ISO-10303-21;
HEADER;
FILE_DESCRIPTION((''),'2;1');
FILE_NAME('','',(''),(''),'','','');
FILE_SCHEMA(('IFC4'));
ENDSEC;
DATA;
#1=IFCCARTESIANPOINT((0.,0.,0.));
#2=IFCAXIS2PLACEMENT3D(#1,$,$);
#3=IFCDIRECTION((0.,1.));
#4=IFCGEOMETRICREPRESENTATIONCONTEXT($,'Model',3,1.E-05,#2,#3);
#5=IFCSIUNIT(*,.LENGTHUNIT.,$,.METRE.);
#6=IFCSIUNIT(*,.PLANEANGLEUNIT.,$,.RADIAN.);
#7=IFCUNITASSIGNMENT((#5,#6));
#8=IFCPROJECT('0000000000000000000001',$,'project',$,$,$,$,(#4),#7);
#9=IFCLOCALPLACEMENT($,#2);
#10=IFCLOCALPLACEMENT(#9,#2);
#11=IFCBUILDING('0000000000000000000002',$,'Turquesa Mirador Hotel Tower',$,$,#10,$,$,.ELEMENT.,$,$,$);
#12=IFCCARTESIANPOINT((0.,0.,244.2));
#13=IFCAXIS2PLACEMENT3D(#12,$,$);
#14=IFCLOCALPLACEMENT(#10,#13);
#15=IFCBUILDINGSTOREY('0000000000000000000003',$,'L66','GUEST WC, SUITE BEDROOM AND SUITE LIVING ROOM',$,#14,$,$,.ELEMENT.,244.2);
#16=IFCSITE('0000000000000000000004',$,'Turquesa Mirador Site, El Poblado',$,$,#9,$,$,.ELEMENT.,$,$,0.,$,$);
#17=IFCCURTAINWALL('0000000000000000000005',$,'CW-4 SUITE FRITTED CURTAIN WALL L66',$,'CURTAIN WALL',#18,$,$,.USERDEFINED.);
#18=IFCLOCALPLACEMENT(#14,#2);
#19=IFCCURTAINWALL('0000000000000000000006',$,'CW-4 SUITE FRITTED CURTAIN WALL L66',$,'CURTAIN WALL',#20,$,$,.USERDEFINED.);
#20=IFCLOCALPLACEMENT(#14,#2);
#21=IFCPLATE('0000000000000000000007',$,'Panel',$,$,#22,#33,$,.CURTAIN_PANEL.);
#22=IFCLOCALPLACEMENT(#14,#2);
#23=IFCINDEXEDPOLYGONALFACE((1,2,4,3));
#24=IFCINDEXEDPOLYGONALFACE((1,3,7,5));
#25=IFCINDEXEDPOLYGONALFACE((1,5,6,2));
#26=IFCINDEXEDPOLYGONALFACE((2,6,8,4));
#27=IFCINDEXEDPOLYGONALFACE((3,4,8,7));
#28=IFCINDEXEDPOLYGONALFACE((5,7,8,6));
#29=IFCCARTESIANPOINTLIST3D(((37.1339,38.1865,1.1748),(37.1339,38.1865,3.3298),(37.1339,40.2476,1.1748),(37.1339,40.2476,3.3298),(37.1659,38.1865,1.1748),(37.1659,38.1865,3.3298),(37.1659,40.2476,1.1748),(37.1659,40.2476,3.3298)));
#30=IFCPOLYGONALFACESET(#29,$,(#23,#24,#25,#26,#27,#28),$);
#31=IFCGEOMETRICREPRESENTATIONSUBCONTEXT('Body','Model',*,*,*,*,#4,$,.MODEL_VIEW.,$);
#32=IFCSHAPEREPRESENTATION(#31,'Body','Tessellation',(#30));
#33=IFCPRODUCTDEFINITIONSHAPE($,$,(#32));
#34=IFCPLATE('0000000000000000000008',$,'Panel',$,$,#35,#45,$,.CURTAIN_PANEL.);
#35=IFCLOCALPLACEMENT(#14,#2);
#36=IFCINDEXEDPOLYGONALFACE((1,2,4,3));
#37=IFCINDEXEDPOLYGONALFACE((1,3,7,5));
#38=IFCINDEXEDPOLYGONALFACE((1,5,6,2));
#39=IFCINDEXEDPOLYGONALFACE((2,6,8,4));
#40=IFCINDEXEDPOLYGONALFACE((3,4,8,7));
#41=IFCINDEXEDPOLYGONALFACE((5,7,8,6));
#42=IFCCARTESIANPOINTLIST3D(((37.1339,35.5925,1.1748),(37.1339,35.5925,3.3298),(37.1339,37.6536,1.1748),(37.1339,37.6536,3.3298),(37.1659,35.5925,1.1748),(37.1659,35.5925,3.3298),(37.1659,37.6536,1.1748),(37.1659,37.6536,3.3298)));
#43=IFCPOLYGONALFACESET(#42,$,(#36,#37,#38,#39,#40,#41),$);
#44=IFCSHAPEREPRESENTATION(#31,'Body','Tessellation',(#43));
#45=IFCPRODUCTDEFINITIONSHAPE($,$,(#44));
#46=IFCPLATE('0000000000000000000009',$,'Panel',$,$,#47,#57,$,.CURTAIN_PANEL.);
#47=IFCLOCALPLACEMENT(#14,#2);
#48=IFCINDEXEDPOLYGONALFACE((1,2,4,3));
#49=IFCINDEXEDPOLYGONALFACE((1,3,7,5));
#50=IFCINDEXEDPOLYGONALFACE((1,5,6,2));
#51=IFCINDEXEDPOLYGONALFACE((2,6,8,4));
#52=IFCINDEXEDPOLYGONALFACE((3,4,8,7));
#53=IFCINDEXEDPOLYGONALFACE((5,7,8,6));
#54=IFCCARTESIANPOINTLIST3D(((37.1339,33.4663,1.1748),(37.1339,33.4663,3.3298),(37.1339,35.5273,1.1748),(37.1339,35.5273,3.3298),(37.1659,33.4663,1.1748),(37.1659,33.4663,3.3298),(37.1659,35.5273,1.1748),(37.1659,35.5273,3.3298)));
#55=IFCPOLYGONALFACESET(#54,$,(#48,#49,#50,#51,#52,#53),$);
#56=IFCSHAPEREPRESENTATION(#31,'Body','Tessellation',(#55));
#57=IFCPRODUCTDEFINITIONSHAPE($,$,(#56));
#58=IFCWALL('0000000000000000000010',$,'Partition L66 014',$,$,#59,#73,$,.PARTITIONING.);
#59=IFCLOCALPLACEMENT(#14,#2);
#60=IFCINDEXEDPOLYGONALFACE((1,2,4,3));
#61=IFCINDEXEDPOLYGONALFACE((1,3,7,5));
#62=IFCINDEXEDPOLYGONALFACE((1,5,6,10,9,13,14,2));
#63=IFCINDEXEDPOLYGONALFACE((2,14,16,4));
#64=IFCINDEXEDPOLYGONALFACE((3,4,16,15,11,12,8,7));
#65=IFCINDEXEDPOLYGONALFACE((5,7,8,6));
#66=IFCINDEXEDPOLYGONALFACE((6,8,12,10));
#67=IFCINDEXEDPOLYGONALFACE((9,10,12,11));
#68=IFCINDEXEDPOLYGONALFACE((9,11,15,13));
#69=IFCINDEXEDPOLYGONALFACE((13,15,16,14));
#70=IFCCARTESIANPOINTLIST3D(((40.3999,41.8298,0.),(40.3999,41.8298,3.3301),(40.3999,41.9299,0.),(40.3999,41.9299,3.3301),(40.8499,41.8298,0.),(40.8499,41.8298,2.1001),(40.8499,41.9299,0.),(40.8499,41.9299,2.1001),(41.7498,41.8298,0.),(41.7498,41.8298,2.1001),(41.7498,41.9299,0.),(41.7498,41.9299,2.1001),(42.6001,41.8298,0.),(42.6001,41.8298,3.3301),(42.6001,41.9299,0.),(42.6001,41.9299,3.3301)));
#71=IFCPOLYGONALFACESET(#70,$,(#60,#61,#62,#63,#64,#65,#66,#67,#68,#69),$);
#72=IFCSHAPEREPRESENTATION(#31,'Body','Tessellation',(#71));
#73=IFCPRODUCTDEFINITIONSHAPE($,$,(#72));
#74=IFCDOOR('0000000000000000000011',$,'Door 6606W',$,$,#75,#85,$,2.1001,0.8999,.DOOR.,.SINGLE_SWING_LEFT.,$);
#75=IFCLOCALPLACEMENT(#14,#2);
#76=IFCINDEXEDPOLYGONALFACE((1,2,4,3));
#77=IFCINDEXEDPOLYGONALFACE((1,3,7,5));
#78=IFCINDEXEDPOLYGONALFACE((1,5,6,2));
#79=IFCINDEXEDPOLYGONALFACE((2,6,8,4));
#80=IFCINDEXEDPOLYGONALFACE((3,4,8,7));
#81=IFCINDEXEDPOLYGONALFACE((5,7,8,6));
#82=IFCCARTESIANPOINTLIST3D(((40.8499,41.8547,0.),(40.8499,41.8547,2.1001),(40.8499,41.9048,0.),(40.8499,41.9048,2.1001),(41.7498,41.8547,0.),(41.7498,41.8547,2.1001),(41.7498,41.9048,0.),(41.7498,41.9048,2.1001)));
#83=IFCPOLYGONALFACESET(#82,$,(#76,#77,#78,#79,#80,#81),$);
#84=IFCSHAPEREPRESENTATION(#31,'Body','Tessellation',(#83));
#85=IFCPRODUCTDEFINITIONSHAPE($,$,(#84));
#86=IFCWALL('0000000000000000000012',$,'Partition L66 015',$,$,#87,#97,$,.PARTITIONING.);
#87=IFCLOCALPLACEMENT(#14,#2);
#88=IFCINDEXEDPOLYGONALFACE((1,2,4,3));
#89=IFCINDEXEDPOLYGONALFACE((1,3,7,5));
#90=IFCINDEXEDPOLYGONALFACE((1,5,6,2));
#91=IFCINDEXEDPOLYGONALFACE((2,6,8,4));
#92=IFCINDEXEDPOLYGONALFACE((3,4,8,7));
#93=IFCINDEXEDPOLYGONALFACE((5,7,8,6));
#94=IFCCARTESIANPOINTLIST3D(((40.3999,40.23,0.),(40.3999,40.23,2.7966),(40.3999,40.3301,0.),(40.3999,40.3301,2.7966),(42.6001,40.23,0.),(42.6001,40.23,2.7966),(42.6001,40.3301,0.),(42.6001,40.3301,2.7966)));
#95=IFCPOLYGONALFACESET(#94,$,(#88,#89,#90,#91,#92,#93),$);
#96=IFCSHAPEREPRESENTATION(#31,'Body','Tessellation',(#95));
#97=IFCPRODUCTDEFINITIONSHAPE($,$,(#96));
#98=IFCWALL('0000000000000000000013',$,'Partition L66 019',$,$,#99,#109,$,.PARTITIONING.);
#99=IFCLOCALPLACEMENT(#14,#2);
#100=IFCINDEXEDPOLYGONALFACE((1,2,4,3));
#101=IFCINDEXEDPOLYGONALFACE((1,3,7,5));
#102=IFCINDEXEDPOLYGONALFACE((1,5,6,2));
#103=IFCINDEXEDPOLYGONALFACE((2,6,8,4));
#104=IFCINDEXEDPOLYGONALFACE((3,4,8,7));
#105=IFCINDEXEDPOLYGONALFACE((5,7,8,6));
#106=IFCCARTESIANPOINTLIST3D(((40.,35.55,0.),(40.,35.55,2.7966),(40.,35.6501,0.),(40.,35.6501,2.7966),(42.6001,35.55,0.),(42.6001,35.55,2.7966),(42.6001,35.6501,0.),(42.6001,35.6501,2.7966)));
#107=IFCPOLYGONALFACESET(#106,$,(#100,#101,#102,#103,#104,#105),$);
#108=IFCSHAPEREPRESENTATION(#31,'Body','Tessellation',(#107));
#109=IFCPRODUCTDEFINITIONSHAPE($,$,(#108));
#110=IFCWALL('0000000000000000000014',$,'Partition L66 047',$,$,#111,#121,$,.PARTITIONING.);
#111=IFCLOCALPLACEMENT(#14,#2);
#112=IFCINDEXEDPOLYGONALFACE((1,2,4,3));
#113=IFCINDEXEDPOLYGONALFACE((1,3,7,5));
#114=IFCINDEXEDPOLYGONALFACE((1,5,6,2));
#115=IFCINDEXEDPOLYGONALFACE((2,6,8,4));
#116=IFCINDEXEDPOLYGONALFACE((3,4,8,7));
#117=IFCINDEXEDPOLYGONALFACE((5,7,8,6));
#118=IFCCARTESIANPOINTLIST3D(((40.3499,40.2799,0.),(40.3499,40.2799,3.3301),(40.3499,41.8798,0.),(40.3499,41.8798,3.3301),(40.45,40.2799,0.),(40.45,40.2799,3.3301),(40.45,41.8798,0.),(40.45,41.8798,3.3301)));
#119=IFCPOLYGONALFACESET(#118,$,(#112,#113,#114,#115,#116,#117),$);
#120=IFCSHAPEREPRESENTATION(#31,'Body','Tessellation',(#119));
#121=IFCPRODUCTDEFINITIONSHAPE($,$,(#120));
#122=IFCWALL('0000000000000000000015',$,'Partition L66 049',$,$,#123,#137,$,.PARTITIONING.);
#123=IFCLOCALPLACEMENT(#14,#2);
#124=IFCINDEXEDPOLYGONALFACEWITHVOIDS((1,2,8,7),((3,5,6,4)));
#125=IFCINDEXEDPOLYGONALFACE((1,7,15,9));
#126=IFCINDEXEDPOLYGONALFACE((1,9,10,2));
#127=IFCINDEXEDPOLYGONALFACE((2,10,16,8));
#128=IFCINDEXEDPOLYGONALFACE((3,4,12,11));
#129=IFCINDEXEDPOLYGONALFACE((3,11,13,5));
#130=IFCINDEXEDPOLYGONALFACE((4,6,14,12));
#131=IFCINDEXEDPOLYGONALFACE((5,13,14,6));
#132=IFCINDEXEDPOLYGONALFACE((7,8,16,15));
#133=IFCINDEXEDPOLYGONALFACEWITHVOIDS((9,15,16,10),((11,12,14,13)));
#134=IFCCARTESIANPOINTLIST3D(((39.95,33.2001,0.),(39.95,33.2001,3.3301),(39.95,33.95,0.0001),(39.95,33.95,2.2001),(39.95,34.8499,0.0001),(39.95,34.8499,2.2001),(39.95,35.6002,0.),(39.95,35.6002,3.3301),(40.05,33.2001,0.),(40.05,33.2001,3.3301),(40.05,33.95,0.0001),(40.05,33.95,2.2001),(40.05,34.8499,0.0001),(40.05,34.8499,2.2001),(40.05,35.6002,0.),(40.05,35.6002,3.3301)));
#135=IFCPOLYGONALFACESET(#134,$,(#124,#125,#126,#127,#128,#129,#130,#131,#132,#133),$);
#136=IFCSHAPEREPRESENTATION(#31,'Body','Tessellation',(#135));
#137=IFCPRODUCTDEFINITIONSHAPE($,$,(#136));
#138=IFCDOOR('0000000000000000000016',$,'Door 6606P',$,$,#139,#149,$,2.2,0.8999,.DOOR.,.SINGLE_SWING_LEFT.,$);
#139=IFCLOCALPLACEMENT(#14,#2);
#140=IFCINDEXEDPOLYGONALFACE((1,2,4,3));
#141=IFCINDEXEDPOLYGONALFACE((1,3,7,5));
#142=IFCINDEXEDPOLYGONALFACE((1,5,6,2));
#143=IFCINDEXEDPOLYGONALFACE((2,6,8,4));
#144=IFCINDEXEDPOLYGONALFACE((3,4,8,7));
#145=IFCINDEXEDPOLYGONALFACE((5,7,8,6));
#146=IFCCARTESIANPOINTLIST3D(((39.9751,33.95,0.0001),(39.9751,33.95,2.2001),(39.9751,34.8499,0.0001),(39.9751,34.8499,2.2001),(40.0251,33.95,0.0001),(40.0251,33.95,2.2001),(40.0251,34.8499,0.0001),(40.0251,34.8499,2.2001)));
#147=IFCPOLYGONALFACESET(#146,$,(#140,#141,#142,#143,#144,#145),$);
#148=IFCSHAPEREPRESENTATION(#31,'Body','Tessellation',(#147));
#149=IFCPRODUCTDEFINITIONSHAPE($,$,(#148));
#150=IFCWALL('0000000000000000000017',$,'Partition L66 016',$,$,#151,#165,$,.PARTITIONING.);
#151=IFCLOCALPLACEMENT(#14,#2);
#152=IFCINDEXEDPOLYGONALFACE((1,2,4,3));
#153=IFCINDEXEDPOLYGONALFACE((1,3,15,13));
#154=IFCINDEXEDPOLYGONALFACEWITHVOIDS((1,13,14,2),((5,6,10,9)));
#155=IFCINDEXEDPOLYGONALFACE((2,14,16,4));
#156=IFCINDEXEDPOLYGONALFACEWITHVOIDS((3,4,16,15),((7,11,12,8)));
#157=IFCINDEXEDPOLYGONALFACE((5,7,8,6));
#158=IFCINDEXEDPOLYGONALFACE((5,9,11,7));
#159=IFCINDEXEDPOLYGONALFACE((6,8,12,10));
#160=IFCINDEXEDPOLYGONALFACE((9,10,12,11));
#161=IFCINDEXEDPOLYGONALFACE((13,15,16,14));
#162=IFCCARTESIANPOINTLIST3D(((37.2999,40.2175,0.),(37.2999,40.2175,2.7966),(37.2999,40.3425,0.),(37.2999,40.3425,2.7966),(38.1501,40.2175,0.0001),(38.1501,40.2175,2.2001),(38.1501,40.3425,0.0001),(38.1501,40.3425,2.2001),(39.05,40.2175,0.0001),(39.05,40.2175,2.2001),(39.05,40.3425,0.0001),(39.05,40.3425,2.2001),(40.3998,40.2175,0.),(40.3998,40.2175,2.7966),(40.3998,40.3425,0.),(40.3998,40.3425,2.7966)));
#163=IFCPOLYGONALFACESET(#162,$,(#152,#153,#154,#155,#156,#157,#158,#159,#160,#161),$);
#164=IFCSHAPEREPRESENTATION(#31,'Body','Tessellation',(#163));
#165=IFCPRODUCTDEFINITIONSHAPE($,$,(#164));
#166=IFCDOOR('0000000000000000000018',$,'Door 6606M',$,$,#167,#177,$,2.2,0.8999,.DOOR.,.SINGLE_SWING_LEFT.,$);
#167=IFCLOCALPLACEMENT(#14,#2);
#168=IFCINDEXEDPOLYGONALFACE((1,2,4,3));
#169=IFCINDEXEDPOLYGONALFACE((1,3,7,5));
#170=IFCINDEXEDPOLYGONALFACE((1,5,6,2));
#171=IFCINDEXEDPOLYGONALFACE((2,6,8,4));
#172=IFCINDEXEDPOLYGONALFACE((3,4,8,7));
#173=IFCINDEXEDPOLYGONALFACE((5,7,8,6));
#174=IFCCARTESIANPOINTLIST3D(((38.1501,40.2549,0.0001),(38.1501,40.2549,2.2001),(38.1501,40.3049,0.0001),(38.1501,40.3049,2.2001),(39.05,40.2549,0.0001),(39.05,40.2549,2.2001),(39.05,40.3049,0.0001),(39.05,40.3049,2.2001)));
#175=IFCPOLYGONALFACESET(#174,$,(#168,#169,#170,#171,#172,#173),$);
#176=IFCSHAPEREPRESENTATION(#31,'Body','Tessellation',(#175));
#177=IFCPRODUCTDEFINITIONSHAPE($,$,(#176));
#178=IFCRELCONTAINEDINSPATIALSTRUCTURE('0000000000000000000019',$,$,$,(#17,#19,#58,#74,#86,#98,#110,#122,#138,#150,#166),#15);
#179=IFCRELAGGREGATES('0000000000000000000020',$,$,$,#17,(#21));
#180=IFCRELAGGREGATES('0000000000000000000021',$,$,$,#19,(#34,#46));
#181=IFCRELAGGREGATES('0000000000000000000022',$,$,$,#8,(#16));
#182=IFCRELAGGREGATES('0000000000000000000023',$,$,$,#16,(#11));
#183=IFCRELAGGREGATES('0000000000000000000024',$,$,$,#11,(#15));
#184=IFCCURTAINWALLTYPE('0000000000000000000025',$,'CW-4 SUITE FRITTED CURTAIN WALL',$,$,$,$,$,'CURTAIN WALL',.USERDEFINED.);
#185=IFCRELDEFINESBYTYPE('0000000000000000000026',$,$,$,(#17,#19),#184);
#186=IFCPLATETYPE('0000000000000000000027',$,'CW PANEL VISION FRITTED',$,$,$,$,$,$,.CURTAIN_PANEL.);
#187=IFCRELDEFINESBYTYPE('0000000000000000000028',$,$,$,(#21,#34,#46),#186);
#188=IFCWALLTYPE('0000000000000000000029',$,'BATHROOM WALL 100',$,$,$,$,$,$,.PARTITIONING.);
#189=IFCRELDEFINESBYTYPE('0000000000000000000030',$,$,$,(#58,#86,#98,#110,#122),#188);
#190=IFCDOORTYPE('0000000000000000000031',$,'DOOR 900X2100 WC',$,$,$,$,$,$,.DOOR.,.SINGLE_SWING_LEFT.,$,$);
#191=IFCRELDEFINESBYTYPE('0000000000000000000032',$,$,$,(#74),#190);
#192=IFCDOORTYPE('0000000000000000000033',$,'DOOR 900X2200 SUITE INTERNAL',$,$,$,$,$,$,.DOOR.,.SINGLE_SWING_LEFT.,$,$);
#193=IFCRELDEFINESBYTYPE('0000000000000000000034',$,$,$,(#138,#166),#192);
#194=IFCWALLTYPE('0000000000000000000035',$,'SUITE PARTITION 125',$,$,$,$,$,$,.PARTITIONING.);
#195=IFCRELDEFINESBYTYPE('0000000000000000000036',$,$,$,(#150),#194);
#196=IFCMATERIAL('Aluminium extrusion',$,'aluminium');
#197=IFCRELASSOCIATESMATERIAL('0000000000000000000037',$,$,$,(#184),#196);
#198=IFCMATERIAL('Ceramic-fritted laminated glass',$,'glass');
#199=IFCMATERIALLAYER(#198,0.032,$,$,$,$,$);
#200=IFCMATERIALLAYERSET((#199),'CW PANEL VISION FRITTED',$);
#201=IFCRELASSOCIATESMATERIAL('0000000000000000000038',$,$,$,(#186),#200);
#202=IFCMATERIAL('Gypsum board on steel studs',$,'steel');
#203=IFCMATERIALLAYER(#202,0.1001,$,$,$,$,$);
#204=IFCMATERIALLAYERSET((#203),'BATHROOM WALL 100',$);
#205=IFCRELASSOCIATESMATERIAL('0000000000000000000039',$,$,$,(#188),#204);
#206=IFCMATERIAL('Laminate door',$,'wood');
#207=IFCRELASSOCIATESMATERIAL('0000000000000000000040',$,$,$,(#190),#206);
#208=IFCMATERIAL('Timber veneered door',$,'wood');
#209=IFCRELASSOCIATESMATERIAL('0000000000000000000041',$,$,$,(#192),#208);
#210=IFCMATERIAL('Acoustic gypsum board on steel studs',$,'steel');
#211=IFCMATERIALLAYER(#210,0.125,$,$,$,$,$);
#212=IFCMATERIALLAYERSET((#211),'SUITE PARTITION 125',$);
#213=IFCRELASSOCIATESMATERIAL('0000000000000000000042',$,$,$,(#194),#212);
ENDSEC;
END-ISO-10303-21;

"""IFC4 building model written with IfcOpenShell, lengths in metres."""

from ifc_helpers import new_model, si_unit, direction, frame, frame_2d, origin, origin_2d, place, context, subcontext, project, spatial, rectangle, extrude, material, layer, layer_set, type_object, element, fill, aggregate, save


model = new_model("IFC4")

# Units and contexts
model_context = context("Model", 3, precision=1e-05, world=origin(), true_north=direction((0.0, 1.0)))
body_context = subcontext(model_context, "Body", "Model", "MODEL_VIEW")
ifc_project = project(units=[si_unit("LENGTHUNIT", "METRE"), si_unit("PLANEANGLEUNIT", "RADIAN")], contexts=[model_context])

# Site, building, storey
site_placement = place(None, origin())
site = spatial("IfcSite", under=ifc_project, at=site_placement, Name="Turquesa Mirador Site, El Poblado", CompositionType="ELEMENT", RefElevation=0.0)
building_placement = place(site_placement, origin())
building = spatial("IfcBuilding", under=site, at=building_placement, Name="Turquesa Mirador Hotel Tower", CompositionType="ELEMENT")
storey_placement = place(building_placement, frame((0.0, 0.0, 244.2)))
storey = spatial("IfcBuildingStorey", under=building, at=storey_placement, Name="L66", Description="GUEST WC, SUITE BEDROOM AND SUITE LIVING ROOM", CompositionType="ELEMENT", Elevation=244.2)

# Curtain walls
ifc_material_1 = material(Name="Aluminium extrusion", Category="aluminium")
curtain_wall_type = type_object("IfcCurtainWallType", Name="CW-4 SUITE FRITTED CURTAIN WALL", ElementType="CURTAIN WALL", PredefinedType="USERDEFINED", material=ifc_material_1)
curtain_wall_1_placement = place(storey_placement, origin())
curtain_wall_1 = element("IfcCurtainWall", 1, at=curtain_wall_1_placement, inside=storey, type_object=curtain_wall_type, Name="CW-4 SUITE FRITTED CURTAIN WALL L66", ObjectType="CURTAIN WALL", PredefinedType="USERDEFINED")
curtain_wall_2_placement = place(storey_placement, origin())
curtain_wall_2 = element("IfcCurtainWall", 2, at=curtain_wall_2_placement, inside=storey, type_object=curtain_wall_type, Name="CW-4 SUITE FRITTED CURTAIN WALL L66", ObjectType="CURTAIN WALL", PredefinedType="USERDEFINED")

# Plates
ifc_material_2 = material(Name="Ceramic-fritted laminated glass", Category="glass")
ifc_layer_1 = layer(ifc_material_2, 0.032)
ifc_layer_set_1 = layer_set([ifc_layer_1], Name="CW PANEL VISION FRITTED")
plate_type_1 = type_object("IfcPlateType", Name="CW PANEL VISION FRITTED", PredefinedType="CURTAIN_PANEL", material=ifc_layer_set_1)
plate_1_placement = place(storey_placement, frame((37.1499, 39.217, 1.1748), z_axis=(0.0, 0.0, 1.0), x_axis=(0.0, -1.0, 0.0)))
plate_1 = element("IfcPlate", 3, at=plate_1_placement, type_object=plate_type_1, Name="Panel", PredefinedType="CURTAIN_PANEL", context=body_context, shape_type="SweptSolid", body=[
    extrude(rectangle(XDim=2.061, YDim=0.032, at=origin_2d()), origin(), (0.0, 0.0, 1.0), 2.155),
])
aggregate(curtain_wall_1, [plate_1])
plate_2_placement = place(storey_placement, frame((37.1499, 36.623, 1.1748), z_axis=(0.0, 0.0, 1.0), x_axis=(0.0, -1.0, 0.0)))
plate_2 = element("IfcPlate", 4, at=plate_2_placement, type_object=plate_type_1, Name="Panel", PredefinedType="CURTAIN_PANEL", context=body_context, shape_type="SweptSolid", body=[
    extrude(rectangle(XDim=2.061, YDim=0.032, at=origin_2d()), origin(), (0.0, 0.0, 1.0), 2.155),
])
plate_3_placement = place(storey_placement, frame((37.1499, 34.4968, 1.1748), z_axis=(0.0, 0.0, 1.0), x_axis=(0.0, -1.0, 0.0)))
plate_3 = element("IfcPlate", 5, at=plate_3_placement, type_object=plate_type_1, Name="Panel", PredefinedType="CURTAIN_PANEL", context=body_context, shape_type="SweptSolid", body=[
    extrude(rectangle(XDim=2.061, YDim=0.032, at=origin_2d()), origin(), (0.0, 0.0, 1.0), 2.155),
])
aggregate(curtain_wall_2, [plate_2, plate_3])

# Wall, opening, door
ifc_material_3 = material(Name="Gypsum board on steel studs", Category="steel")
ifc_layer_2 = layer(ifc_material_3, 0.1001)
ifc_layer_set_2 = layer_set([ifc_layer_2], Name="BATHROOM WALL 100")
wall_type_1 = type_object("IfcWallType", Name="BATHROOM WALL 100", PredefinedType="PARTITIONING", material=ifc_layer_set_2)
wall_1_placement = place(storey_placement, frame((40.3999, 41.8799, 0.0), z_axis=(0.0, 0.0, 1.0), x_axis=(1.0, 0.0, 0.0)))
wall_1 = element("IfcWall", 6, at=wall_1_placement, inside=storey, type_object=wall_type_1, Name="Partition L66 014", PredefinedType="PARTITIONING", context=body_context, shape_type="SweptSolid", body=[
    extrude(rectangle(XDim=2.2002, YDim=0.1001, at=frame_2d((1.1001, 0.0))), origin(), (0.0, 0.0, 1.0), 3.3301),
])
opening_1_placement = place(wall_1_placement, frame((0.45, 0.0, 0.0)))
opening_1 = element("IfcOpeningElement", 7, at=opening_1_placement, cuts=wall_1, PredefinedType="OPENING", context=body_context, shape_type="SweptSolid", body=[
    extrude(rectangle(XDim=0.8999, YDim=2.1001, at=frame_2d((0.45, 1.05))), frame((0.0, 0.0601, 0.0), z_axis=(0.0, -1.0, 0.0), x_axis=(1.0, 0.0, 0.0)), (0.0, 0.0, 1.0), 0.1201),
])
ifc_material_4 = material(Name="Laminate door", Category="wood")
door_type_1 = type_object("IfcDoorType", Name="DOOR 900X2100 WC", OperationType="SINGLE_SWING_LEFT", PredefinedType="DOOR", material=ifc_material_4)
door_1_placement = place(opening_1_placement, origin())
door_1 = element("IfcDoor", 8, at=door_1_placement, inside=storey, type_object=door_type_1, Name="Door 6606W", OperationType="SINGLE_SWING_LEFT", OverallHeight=2.1001, OverallWidth=0.8999, PredefinedType="DOOR", context=body_context, shape_type="SweptSolid", body=[
    extrude(rectangle(XDim=0.8999, YDim=2.1001, at=frame_2d((0.45, 1.05))), frame((0.0, 0.0249, 0.0), z_axis=(0.0, -1.0, 0.0), x_axis=(1.0, 0.0, 0.0)), (0.0, 0.0, 1.0), 0.05),
])
fill(opening_1, door_1)

# Walls
wall_2_placement = place(storey_placement, frame((40.3999, 40.28, 0.0), z_axis=(0.0, 0.0, 1.0), x_axis=(1.0, 0.0, 0.0)))
element("IfcWall", 9, at=wall_2_placement, inside=storey, type_object=wall_type_1, Name="Partition L66 015", PredefinedType="PARTITIONING", context=body_context, shape_type="SweptSolid", body=[
    extrude(rectangle(XDim=2.2002, YDim=0.1001, at=frame_2d((1.1001, 0.0))), origin(), (0.0, 0.0, 1.0), 2.7966),
])
wall_3_placement = place(storey_placement, frame((40.0, 35.6001, 0.0), z_axis=(0.0, 0.0, 1.0), x_axis=(1.0, 0.0, 0.0)))
element("IfcWall", 10, at=wall_3_placement, inside=storey, type_object=wall_type_1, Name="Partition L66 019", PredefinedType="PARTITIONING", context=body_context, shape_type="SweptSolid", body=[
    extrude(rectangle(XDim=2.6001, YDim=0.1001, at=frame_2d((1.3, 0.0))), origin(), (0.0, 0.0, 1.0), 2.7966),
])
wall_4_placement = place(storey_placement, frame((40.3999, 40.28, 0.0), z_axis=(0.0, 0.0, 1.0), x_axis=(0.0, 1.0, 0.0)))
element("IfcWall", 11, at=wall_4_placement, inside=storey, type_object=wall_type_1, Name="Partition L66 047", PredefinedType="PARTITIONING", context=body_context, shape_type="SweptSolid", body=[
    extrude(rectangle(XDim=1.5999, YDim=0.1001, at=frame_2d((0.7998, 0.0))), origin(), (0.0, 0.0, 1.0), 3.3301),
])

# Walls, openings, doors
wall_5_placement = place(storey_placement, frame((40.0, 33.2, 0.0), z_axis=(0.0, 0.0, 1.0), x_axis=(0.0, 1.0, 0.0)))
wall_5 = element("IfcWall", 12, at=wall_5_placement, inside=storey, type_object=wall_type_1, Name="Partition L66 049", PredefinedType="PARTITIONING", context=body_context, shape_type="SweptSolid", body=[
    extrude(rectangle(XDim=2.4001, YDim=0.1001, at=frame_2d((1.2002, 0.0))), origin(), (0.0, 0.0, 1.0), 3.3301),
])
opening_2_placement = place(wall_5_placement, frame((0.75, 0.0, 0.0)))
opening_2 = element("IfcOpeningElement", 13, at=opening_2_placement, cuts=wall_5, PredefinedType="OPENING", context=body_context, shape_type="SweptSolid", body=[
    extrude(rectangle(XDim=0.8999, YDim=2.2, at=frame_2d((0.45, 1.1001))), frame((0.0, 0.0601, 0.0), z_axis=(0.0, -1.0, 0.0), x_axis=(1.0, 0.0, 0.0)), (0.0, 0.0, 1.0), 0.1201),
])
ifc_material_5 = material(Name="Timber veneered door", Category="wood")
door_type_2 = type_object("IfcDoorType", Name="DOOR 900X2200 SUITE INTERNAL", OperationType="SINGLE_SWING_LEFT", PredefinedType="DOOR", material=ifc_material_5)
door_2_placement = place(opening_2_placement, origin())
door_2 = element("IfcDoor", 14, at=door_2_placement, inside=storey, type_object=door_type_2, Name="Door 6606P", OperationType="SINGLE_SWING_LEFT", OverallHeight=2.2, OverallWidth=0.8999, PredefinedType="DOOR", context=body_context, shape_type="SweptSolid", body=[
    extrude(rectangle(XDim=0.8999, YDim=2.2, at=frame_2d((0.45, 1.1001))), frame((0.0, 0.0249, 0.0), z_axis=(0.0, -1.0, 0.0), x_axis=(1.0, 0.0, 0.0)), (0.0, 0.0, 1.0), 0.05),
])
fill(opening_2, door_2)
ifc_material_6 = material(Name="Acoustic gypsum board on steel studs", Category="steel")
ifc_layer_3 = layer(ifc_material_6, 0.125)
ifc_layer_set_3 = layer_set([ifc_layer_3], Name="SUITE PARTITION 125")
wall_type_2 = type_object("IfcWallType", Name="SUITE PARTITION 125", PredefinedType="PARTITIONING", material=ifc_layer_set_3)
wall_6_placement = place(storey_placement, frame((37.3, 40.28, 0.0), z_axis=(0.0, 0.0, 1.0), x_axis=(1.0, 0.0, 0.0)))
wall_6 = element("IfcWall", 15, at=wall_6_placement, inside=storey, type_object=wall_type_2, Name="Partition L66 016", PredefinedType="PARTITIONING", context=body_context, shape_type="SweptSolid", body=[
    extrude(rectangle(XDim=3.0999, YDim=0.125, at=frame_2d((1.5498, 0.0))), origin(), (0.0, 0.0, 1.0), 2.7966),
])
opening_3_placement = place(wall_6_placement, frame((0.8501, 0.0, 0.0)))
opening_3 = element("IfcOpeningElement", 16, at=opening_3_placement, cuts=wall_6, PredefinedType="OPENING", context=body_context, shape_type="SweptSolid", body=[
    extrude(rectangle(XDim=0.8999, YDim=2.2, at=frame_2d((0.45, 1.1001))), frame((0.0, 0.0725, 0.0), z_axis=(0.0, -1.0, 0.0), x_axis=(1.0, 0.0, 0.0)), (0.0, 0.0, 1.0), 0.145),
])
door_3_placement = place(opening_3_placement, origin())
door_3 = element("IfcDoor", 17, at=door_3_placement, inside=storey, type_object=door_type_2, Name="Door 6606M", OperationType="SINGLE_SWING_LEFT", OverallHeight=2.2, OverallWidth=0.8999, PredefinedType="DOOR", context=body_context, shape_type="SweptSolid", body=[
    extrude(rectangle(XDim=0.8999, YDim=2.2, at=frame_2d((0.45, 1.1001))), frame((0.0, 0.0249, 0.0), z_axis=(0.0, -1.0, 0.0), x_axis=(1.0, 0.0, 0.0)), (0.0, 0.0, 1.0), 0.05),
])
fill(opening_3, door_3)

save(model, "model.ifc")
